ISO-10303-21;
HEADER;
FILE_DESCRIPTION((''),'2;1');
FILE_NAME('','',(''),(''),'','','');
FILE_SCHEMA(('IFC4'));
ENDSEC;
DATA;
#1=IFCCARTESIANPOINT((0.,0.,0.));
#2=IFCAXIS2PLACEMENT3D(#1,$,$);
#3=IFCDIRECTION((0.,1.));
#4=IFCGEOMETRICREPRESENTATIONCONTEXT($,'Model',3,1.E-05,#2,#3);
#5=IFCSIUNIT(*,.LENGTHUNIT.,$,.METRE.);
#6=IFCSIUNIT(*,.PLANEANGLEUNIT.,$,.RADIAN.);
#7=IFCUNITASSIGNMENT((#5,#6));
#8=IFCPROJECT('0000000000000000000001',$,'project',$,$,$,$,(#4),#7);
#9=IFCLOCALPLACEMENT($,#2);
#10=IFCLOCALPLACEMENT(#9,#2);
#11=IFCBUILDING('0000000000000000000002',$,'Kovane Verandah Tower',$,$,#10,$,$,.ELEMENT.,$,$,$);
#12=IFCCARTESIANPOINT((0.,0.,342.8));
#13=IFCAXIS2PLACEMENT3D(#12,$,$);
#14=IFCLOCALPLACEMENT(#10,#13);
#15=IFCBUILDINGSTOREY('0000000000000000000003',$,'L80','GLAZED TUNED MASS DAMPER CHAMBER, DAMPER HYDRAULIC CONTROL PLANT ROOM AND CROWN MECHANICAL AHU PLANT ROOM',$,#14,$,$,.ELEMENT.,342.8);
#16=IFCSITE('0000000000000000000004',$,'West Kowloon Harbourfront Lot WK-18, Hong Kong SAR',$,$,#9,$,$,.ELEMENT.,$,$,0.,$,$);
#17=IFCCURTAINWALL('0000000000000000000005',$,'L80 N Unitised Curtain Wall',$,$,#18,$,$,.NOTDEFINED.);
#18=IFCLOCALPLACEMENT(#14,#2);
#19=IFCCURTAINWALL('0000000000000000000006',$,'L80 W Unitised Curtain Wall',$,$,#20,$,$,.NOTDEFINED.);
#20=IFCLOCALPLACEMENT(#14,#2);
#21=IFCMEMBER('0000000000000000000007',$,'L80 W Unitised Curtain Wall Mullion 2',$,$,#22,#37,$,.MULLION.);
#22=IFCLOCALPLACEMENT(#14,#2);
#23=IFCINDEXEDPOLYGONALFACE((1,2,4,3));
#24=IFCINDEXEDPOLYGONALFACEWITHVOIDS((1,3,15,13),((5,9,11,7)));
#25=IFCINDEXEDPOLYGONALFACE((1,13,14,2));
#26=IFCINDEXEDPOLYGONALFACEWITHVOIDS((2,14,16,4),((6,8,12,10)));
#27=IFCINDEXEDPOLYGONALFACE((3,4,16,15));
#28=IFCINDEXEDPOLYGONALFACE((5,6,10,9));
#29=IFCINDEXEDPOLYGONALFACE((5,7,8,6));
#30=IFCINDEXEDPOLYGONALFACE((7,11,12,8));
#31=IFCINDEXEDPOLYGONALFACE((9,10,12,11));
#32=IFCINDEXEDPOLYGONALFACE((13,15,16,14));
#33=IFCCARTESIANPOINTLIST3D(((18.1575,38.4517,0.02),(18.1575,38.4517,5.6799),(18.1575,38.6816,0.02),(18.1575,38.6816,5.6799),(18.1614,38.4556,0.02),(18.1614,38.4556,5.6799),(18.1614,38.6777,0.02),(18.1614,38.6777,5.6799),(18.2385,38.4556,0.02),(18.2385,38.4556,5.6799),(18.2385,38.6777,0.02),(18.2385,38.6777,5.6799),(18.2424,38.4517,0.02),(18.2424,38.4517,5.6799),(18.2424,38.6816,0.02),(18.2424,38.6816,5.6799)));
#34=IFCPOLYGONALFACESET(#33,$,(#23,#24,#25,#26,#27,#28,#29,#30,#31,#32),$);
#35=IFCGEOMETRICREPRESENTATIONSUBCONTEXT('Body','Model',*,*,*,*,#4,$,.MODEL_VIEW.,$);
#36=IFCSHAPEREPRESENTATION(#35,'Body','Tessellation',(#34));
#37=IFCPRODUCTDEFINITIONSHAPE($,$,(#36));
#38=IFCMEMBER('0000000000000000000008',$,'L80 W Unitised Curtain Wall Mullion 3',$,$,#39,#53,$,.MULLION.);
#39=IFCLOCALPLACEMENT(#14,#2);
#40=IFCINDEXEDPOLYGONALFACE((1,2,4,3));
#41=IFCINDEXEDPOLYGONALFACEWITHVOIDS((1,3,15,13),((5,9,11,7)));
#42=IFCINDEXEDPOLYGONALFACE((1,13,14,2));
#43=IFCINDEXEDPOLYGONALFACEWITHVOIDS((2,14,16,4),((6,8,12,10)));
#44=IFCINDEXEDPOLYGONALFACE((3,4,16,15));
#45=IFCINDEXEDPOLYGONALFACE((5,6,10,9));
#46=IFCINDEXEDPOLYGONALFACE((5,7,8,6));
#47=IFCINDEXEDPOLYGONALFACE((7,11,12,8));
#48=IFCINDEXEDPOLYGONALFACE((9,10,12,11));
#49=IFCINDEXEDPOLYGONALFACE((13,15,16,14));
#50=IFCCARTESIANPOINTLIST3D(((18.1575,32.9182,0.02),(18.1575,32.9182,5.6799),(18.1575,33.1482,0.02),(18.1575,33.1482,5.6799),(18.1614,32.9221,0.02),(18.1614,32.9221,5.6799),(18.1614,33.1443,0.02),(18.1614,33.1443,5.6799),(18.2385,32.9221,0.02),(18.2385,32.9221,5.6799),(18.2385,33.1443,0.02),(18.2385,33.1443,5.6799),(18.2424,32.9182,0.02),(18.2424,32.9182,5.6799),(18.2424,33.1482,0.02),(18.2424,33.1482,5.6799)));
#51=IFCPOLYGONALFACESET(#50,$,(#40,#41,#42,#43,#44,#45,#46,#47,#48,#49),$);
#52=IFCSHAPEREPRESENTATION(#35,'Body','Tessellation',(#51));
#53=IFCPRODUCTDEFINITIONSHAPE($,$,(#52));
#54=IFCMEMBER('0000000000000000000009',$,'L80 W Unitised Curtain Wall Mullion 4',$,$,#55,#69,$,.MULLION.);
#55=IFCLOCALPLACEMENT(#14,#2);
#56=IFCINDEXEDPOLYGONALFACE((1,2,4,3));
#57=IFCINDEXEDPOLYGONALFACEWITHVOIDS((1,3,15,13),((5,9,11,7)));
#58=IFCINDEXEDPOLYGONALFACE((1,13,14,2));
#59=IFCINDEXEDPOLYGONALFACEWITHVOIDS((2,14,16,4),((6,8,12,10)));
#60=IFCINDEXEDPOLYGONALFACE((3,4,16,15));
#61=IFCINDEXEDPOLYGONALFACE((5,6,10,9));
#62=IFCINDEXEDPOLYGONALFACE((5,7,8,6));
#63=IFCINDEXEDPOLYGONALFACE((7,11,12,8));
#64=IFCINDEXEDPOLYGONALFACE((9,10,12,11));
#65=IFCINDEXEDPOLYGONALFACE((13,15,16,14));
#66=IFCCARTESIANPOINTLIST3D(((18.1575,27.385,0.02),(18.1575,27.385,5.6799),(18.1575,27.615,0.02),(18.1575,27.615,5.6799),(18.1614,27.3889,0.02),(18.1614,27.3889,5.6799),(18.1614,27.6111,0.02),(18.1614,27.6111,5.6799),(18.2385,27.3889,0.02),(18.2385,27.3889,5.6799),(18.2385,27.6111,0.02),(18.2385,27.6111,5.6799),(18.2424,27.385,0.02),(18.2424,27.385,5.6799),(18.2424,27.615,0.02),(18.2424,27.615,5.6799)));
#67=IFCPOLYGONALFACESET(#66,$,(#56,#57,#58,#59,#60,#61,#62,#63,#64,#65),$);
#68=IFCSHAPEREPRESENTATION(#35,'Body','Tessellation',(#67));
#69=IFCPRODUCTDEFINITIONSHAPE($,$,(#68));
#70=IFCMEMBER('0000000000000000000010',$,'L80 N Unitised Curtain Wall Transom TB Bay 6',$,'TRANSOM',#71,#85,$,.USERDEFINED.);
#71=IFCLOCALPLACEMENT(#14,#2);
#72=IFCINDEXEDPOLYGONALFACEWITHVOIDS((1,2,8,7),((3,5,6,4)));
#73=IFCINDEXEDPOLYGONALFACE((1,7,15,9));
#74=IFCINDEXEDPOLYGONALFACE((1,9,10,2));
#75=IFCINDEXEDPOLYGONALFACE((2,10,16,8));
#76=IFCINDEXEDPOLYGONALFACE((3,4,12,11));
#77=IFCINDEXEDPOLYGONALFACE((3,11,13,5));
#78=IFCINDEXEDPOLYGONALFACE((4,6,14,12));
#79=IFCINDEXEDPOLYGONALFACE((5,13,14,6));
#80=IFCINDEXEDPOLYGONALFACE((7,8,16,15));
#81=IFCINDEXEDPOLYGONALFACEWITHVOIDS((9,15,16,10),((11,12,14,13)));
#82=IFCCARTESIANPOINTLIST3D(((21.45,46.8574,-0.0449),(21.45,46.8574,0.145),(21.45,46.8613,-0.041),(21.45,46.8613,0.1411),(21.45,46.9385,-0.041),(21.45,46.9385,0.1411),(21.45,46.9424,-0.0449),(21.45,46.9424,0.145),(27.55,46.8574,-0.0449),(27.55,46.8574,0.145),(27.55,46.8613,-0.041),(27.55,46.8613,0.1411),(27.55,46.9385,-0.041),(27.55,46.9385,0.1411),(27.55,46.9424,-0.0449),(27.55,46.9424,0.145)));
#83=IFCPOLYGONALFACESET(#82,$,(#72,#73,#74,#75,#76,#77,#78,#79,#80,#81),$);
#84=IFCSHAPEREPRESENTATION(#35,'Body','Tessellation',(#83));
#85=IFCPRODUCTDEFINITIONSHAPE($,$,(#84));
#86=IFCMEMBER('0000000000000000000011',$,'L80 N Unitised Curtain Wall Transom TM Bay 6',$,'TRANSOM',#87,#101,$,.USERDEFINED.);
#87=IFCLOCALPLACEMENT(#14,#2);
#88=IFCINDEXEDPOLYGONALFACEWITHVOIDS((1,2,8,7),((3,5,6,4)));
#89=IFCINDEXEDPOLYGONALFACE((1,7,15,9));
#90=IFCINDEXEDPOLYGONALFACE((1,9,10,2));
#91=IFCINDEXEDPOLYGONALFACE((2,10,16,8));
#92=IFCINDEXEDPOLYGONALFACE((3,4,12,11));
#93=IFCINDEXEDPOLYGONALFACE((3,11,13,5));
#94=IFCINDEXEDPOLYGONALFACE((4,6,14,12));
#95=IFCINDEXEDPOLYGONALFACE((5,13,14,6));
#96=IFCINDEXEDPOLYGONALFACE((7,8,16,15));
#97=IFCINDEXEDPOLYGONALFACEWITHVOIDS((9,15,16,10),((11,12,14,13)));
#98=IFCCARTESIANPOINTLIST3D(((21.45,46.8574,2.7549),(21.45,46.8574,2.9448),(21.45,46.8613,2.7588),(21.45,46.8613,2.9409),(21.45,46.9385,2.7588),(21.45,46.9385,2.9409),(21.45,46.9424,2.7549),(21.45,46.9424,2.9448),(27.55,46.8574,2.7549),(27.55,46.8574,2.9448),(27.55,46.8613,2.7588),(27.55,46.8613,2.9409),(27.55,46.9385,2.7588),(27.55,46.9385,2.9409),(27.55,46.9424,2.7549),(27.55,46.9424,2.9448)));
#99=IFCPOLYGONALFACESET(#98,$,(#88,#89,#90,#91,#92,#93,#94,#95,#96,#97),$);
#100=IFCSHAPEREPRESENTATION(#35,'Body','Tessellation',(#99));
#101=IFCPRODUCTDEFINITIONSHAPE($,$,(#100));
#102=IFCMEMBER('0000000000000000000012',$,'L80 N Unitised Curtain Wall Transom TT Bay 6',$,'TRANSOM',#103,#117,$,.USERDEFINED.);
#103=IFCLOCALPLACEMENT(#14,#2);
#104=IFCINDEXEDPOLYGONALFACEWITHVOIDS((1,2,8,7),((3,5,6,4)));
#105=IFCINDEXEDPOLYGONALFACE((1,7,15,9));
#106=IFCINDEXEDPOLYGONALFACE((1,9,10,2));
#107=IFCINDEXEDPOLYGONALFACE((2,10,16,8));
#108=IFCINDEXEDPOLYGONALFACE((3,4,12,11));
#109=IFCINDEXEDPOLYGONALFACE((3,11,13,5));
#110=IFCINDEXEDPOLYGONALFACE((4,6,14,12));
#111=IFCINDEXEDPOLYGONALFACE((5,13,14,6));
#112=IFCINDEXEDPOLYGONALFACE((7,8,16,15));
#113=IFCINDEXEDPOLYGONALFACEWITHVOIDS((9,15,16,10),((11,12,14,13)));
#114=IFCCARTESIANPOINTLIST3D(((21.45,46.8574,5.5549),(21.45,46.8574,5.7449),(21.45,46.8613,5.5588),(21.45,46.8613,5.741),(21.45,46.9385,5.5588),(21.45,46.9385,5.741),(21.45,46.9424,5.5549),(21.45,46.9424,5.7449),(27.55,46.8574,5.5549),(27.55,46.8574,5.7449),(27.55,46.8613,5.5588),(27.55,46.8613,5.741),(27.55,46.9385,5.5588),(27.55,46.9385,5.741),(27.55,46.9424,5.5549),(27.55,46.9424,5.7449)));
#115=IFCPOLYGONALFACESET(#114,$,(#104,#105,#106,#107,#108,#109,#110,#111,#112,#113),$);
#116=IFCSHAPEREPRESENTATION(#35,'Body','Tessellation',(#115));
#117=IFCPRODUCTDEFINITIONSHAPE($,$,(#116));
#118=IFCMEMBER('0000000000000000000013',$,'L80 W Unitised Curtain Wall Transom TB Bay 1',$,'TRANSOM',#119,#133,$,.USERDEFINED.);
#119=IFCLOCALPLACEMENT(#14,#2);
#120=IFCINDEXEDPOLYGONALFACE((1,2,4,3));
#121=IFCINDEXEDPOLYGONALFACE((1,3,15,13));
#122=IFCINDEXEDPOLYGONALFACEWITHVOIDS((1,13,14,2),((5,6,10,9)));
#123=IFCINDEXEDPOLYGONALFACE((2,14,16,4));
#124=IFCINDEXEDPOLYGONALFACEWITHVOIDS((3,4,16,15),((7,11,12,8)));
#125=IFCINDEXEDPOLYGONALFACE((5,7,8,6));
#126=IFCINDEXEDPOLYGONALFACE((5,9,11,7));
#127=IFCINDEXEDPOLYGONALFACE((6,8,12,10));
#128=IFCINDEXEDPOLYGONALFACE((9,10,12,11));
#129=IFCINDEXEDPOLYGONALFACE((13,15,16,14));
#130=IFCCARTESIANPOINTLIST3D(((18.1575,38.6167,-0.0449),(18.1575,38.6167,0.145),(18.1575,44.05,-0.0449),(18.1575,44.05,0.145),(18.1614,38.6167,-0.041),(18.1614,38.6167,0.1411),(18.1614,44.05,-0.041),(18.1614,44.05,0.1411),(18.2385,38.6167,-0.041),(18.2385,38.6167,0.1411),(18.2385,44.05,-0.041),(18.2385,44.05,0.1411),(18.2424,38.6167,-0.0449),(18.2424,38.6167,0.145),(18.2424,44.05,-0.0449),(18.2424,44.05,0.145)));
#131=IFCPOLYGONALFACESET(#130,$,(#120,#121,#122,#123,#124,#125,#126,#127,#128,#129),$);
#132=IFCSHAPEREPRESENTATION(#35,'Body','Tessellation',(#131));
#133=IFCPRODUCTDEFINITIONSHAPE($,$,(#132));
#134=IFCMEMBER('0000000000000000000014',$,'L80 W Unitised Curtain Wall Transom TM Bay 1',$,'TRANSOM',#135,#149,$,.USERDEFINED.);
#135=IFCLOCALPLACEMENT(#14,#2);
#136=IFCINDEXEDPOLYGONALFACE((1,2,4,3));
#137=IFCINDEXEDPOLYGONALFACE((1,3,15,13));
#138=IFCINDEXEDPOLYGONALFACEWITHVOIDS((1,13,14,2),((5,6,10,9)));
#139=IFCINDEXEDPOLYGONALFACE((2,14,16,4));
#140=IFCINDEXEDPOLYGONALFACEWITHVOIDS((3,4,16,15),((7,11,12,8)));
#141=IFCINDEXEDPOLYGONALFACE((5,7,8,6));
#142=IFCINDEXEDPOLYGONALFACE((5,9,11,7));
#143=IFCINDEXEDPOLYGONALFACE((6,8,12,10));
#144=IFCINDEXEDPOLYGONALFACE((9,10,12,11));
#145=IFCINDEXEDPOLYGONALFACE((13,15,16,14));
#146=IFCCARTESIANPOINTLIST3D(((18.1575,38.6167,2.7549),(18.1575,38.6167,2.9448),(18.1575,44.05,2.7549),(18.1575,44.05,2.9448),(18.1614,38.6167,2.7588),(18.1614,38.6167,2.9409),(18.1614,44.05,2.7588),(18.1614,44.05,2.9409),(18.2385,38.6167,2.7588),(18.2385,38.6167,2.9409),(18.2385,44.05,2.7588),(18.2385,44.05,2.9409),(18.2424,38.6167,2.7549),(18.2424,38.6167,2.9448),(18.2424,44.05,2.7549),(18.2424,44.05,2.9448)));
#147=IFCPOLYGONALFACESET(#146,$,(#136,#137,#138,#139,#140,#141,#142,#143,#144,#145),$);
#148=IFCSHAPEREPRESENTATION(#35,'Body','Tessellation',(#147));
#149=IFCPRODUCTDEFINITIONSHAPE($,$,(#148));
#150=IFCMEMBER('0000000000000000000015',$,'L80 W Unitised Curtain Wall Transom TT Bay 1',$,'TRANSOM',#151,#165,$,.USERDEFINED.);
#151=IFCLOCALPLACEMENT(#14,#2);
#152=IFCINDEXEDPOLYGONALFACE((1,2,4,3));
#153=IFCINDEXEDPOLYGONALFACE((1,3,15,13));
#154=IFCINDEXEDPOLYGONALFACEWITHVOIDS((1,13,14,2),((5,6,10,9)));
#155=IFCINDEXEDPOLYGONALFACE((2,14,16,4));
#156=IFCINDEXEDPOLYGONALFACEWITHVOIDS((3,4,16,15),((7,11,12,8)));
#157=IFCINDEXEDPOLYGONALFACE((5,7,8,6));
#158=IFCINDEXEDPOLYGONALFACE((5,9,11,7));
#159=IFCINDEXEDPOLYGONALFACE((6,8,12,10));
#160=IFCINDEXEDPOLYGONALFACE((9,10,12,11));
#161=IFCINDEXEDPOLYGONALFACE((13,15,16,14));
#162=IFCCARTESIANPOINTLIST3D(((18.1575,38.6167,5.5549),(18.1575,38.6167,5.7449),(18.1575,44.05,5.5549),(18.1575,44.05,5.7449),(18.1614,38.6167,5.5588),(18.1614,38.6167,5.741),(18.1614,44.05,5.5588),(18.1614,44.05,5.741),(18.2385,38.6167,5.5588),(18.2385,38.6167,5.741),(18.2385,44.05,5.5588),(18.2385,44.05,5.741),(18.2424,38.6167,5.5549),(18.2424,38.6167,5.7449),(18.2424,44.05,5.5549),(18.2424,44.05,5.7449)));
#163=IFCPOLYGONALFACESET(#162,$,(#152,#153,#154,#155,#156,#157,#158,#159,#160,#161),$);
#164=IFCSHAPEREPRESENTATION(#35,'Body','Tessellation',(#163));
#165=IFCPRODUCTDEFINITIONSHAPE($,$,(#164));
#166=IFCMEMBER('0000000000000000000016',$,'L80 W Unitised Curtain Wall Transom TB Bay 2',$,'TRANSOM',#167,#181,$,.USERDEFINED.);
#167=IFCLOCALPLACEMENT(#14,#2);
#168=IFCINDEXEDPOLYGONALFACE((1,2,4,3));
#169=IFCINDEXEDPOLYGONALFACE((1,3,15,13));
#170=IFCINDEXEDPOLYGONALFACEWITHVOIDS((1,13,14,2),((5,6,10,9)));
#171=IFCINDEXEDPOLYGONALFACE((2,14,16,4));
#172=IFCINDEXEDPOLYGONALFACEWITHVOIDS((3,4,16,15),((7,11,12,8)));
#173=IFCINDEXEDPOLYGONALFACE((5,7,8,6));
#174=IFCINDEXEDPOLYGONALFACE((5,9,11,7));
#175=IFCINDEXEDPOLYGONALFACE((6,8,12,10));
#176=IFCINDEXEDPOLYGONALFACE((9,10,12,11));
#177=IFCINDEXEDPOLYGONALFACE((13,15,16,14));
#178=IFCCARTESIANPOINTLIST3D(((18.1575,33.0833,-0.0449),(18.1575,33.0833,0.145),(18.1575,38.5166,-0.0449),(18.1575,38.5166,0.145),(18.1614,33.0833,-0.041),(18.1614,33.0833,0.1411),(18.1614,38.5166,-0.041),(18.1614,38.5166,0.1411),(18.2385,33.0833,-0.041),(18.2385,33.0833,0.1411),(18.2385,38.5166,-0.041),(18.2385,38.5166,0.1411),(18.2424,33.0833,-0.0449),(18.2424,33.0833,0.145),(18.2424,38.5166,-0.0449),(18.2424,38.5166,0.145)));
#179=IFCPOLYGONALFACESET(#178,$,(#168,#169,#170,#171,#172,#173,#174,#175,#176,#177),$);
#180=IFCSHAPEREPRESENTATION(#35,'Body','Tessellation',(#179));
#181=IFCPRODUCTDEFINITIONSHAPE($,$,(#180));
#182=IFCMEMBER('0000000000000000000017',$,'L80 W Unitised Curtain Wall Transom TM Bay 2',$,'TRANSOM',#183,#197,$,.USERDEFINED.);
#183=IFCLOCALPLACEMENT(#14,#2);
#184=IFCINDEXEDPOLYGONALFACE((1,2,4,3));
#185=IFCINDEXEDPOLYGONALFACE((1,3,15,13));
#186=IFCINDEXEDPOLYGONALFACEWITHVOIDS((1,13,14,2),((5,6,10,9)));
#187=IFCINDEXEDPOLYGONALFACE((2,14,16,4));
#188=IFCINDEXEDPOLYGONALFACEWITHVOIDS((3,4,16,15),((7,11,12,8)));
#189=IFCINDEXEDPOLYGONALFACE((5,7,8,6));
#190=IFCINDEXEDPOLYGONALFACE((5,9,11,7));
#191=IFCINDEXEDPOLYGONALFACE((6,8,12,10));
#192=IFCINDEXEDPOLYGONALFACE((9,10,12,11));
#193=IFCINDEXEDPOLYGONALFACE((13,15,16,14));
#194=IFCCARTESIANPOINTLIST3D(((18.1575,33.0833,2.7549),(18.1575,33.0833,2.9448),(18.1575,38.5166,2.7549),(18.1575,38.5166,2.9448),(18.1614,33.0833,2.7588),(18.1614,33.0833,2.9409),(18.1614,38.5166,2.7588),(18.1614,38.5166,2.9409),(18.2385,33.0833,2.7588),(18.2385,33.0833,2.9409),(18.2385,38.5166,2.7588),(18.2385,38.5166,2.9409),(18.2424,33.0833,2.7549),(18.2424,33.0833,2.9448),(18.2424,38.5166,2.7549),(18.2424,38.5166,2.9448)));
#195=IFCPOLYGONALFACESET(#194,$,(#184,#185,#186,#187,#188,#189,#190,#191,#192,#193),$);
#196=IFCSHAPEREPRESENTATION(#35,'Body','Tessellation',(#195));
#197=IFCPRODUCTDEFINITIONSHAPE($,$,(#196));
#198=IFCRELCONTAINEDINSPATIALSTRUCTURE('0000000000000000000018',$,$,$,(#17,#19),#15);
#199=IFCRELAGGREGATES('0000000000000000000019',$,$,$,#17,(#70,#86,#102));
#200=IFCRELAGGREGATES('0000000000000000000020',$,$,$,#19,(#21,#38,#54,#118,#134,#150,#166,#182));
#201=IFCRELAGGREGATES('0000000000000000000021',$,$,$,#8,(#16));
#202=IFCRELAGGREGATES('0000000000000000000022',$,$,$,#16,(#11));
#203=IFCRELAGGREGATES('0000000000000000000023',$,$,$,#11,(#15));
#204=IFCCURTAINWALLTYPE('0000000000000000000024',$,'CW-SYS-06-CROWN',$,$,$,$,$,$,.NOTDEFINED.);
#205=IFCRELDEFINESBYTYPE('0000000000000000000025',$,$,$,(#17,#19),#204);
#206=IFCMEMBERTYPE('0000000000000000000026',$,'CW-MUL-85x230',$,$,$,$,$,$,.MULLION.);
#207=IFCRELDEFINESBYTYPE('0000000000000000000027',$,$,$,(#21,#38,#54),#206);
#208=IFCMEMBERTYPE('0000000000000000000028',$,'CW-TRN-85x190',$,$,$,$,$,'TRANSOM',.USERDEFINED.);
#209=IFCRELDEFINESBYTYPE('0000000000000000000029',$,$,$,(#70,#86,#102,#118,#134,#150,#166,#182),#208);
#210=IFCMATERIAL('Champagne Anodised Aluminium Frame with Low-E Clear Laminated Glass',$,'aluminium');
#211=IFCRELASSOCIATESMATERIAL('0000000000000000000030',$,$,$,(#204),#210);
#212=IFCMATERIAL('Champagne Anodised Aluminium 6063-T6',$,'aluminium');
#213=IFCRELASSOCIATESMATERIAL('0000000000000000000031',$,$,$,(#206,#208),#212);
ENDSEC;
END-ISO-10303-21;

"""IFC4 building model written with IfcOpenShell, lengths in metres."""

from ifc_helpers import new_model, si_unit, direction, frame, origin, origin_2d, place, context, subcontext, project, spatial, hollow_rectangle, extrude, material, material_profile, profile_set, type_object, element, aggregate, save


model = new_model("IFC4")

# Units and contexts
model_context = context("Model", 3, precision=1e-05, world=origin(), true_north=direction((0.0, 1.0)))
body_context = subcontext(model_context, "Body", "Model", "MODEL_VIEW")
ifc_project = project(units=[si_unit("LENGTHUNIT", "METRE"), si_unit("PLANEANGLEUNIT", "RADIAN")], contexts=[model_context])

# Site, building, storey
site_placement = place(None, origin())
site = spatial("IfcSite", under=ifc_project, at=site_placement, Name="West Kowloon Harbourfront Lot WK-18, Hong Kong SAR", CompositionType="ELEMENT", RefElevation=0.0)
building_placement = place(site_placement, origin())
building = spatial("IfcBuilding", under=site, at=building_placement, Name="Kovane Verandah Tower", CompositionType="ELEMENT")
storey_placement = place(building_placement, frame((0.0, 0.0, 342.8)))
storey = spatial("IfcBuildingStorey", under=building, at=storey_placement, Name="L80", Description="GLAZED TUNED MASS DAMPER CHAMBER, DAMPER HYDRAULIC CONTROL PLANT ROOM AND CROWN MECHANICAL AHU PLANT ROOM", CompositionType="ELEMENT", Elevation=342.8)

# Curtain walls, members
ifc_material_1 = material(Name="Champagne Anodised Aluminium Frame with Low-E Clear Laminated Glass", Category="aluminium")
curtain_wall_type = type_object("IfcCurtainWallType", Name="CW-SYS-06-CROWN", PredefinedType="NOTDEFINED", material=ifc_material_1)
curtain_wall_1_placement = place(storey_placement, origin())
curtain_wall_1 = element("IfcCurtainWall", 1, at=curtain_wall_1_placement, inside=storey, type_object=curtain_wall_type, Name="L80 N Unitised Curtain Wall", PredefinedType="NOTDEFINED")
ifc_material_2 = material(Name="Champagne Anodised Aluminium 6063-T6", Category="aluminium")
ifc_material_profile_1 = material_profile(ifc_material_2, hollow_rectangle(XDim=0.085, YDim=0.23, WallThickness=0.0039, at=origin_2d()), Name="AL85x230x4")
ifc_profile_set_1 = profile_set([ifc_material_profile_1], Name="Champagne Anodised Aluminium 6063-T6")
member_type_1 = type_object("IfcMemberType", Name="CW-MUL-85x230", PredefinedType="MULLION", material=ifc_profile_set_1)
curtain_wall_2_placement = place(storey_placement, origin())
curtain_wall_2 = element("IfcCurtainWall", 2, at=curtain_wall_2_placement, inside=storey, type_object=curtain_wall_type, Name="L80 W Unitised Curtain Wall", PredefinedType="NOTDEFINED")
member_1_placement = place(storey_placement, frame((18.2, 38.5667, 0.02), z_axis=(0.0, 0.0, 1.0), x_axis=(-1.0, 0.0, 0.0)))
member_1 = element("IfcMember", 3, at=member_1_placement, type_object=member_type_1, Name="L80 W Unitised Curtain Wall Mullion 2", PredefinedType="MULLION", context=body_context, shape_type="SweptSolid", body=[
    extrude(hollow_rectangle(XDim=0.085, YDim=0.23, WallThickness=0.0039, at=origin_2d()), origin(), (0.0, 0.0, 1.0), 5.6599),
])
member_2_placement = place(storey_placement, frame((18.2, 33.0332, 0.02), z_axis=(0.0, 0.0, 1.0), x_axis=(-1.0, 0.0, 0.0)))
member_2 = element("IfcMember", 4, at=member_2_placement, type_object=member_type_1, Name="L80 W Unitised Curtain Wall Mullion 3", PredefinedType="MULLION", context=body_context, shape_type="SweptSolid", body=[
    extrude(hollow_rectangle(XDim=0.085, YDim=0.23, WallThickness=0.0039, at=origin_2d()), origin(), (0.0, 0.0, 1.0), 5.6599),
])
member_3_placement = place(storey_placement, frame((18.2, 27.5, 0.02), z_axis=(0.0, 0.0, 1.0), x_axis=(-1.0, 0.0, 0.0)))
member_3 = element("IfcMember", 5, at=member_3_placement, type_object=member_type_1, Name="L80 W Unitised Curtain Wall Mullion 4", PredefinedType="MULLION", context=body_context, shape_type="SweptSolid", body=[
    extrude(hollow_rectangle(XDim=0.085, YDim=0.23, WallThickness=0.0039, at=origin_2d()), origin(), (0.0, 0.0, 1.0), 5.6599),
])

# Members
ifc_material_profile_2 = material_profile(ifc_material_2, hollow_rectangle(XDim=0.085, YDim=0.1899, WallThickness=0.0039, at=origin_2d()), Name="AL85x190x4")
ifc_profile_set_2 = profile_set([ifc_material_profile_2], Name="Champagne Anodised Aluminium 6063-T6")
member_type_2 = type_object("IfcMemberType", Name="CW-TRN-85x190", ElementType="TRANSOM", PredefinedType="USERDEFINED", material=ifc_profile_set_2)
member_4_placement = place(storey_placement, frame((27.55, 46.8999, 0.05), z_axis=(-1.0, 0.0, 0.0), x_axis=(0.0, -1.0, 0.0)))
member_4 = element("IfcMember", 6, at=member_4_placement, type_object=member_type_2, Name="L80 N Unitised Curtain Wall Transom TB Bay 6", ObjectType="TRANSOM", PredefinedType="USERDEFINED", context=body_context, shape_type="SweptSolid", body=[
    extrude(hollow_rectangle(XDim=0.085, YDim=0.1899, WallThickness=0.0039, at=origin_2d()), origin(), (0.0, 0.0, 1.0), 6.1001),
])
member_5_placement = place(storey_placement, frame((27.55, 46.8999, 2.8499), z_axis=(-1.0, 0.0, 0.0), x_axis=(0.0, -1.0, 0.0)))
member_5 = element("IfcMember", 7, at=member_5_placement, type_object=member_type_2, Name="L80 N Unitised Curtain Wall Transom TM Bay 6", ObjectType="TRANSOM", PredefinedType="USERDEFINED", context=body_context, shape_type="SweptSolid", body=[
    extrude(hollow_rectangle(XDim=0.085, YDim=0.1899, WallThickness=0.0039, at=origin_2d()), origin(), (0.0, 0.0, 1.0), 6.1001),
])
member_6_placement = place(storey_placement, frame((27.55, 46.8999, 5.6499), z_axis=(-1.0, 0.0, 0.0), x_axis=(0.0, -1.0, 0.0)))
member_6 = element("IfcMember", 8, at=member_6_placement, type_object=member_type_2, Name="L80 N Unitised Curtain Wall Transom TT Bay 6", ObjectType="TRANSOM", PredefinedType="USERDEFINED", context=body_context, shape_type="SweptSolid", body=[
    extrude(hollow_rectangle(XDim=0.085, YDim=0.1899, WallThickness=0.0039, at=origin_2d()), origin(), (0.0, 0.0, 1.0), 6.1001),
])
member_7_placement = place(storey_placement, frame((18.2, 44.05, 0.05), z_axis=(0.0, -1.0, 0.0), x_axis=(1.0, 0.0, 0.0)))
member_7 = element("IfcMember", 9, at=member_7_placement, type_object=member_type_2, Name="L80 W Unitised Curtain Wall Transom TB Bay 1", ObjectType="TRANSOM", PredefinedType="USERDEFINED", context=body_context, shape_type="SweptSolid", body=[
    extrude(hollow_rectangle(XDim=0.085, YDim=0.1899, WallThickness=0.0039, at=origin_2d()), origin(), (0.0, 0.0, 1.0), 5.4333),
])
member_8_placement = place(storey_placement, frame((18.2, 44.05, 2.8499), z_axis=(0.0, -1.0, 0.0), x_axis=(1.0, 0.0, 0.0)))
member_8 = element("IfcMember", 10, at=member_8_placement, type_object=member_type_2, Name="L80 W Unitised Curtain Wall Transom TM Bay 1", ObjectType="TRANSOM", PredefinedType="USERDEFINED", context=body_context, shape_type="SweptSolid", body=[
    extrude(hollow_rectangle(XDim=0.085, YDim=0.1899, WallThickness=0.0039, at=origin_2d()), origin(), (0.0, 0.0, 1.0), 5.4333),
])
member_9_placement = place(storey_placement, frame((18.2, 44.05, 5.6499), z_axis=(0.0, -1.0, 0.0), x_axis=(1.0, 0.0, 0.0)))
member_9 = element("IfcMember", 11, at=member_9_placement, type_object=member_type_2, Name="L80 W Unitised Curtain Wall Transom TT Bay 1", ObjectType="TRANSOM", PredefinedType="USERDEFINED", context=body_context, shape_type="SweptSolid", body=[
    extrude(hollow_rectangle(XDim=0.085, YDim=0.1899, WallThickness=0.0039, at=origin_2d()), origin(), (0.0, 0.0, 1.0), 5.4333),
])
member_10_placement = place(storey_placement, frame((18.2, 38.5166, 0.05), z_axis=(0.0, -1.0, 0.0), x_axis=(1.0, 0.0, 0.0)))
member_10 = element("IfcMember", 12, at=member_10_placement, type_object=member_type_2, Name="L80 W Unitised Curtain Wall Transom TB Bay 2", ObjectType="TRANSOM", PredefinedType="USERDEFINED", context=body_context, shape_type="SweptSolid", body=[
    extrude(hollow_rectangle(XDim=0.085, YDim=0.1899, WallThickness=0.0039, at=origin_2d()), origin(), (0.0, 0.0, 1.0), 5.4333),
])
member_11_placement = place(storey_placement, frame((18.2, 38.5166, 2.8499), z_axis=(0.0, -1.0, 0.0), x_axis=(1.0, 0.0, 0.0)))
member_11 = element("IfcMember", 13, at=member_11_placement, type_object=member_type_2, Name="L80 W Unitised Curtain Wall Transom TM Bay 2", ObjectType="TRANSOM", PredefinedType="USERDEFINED", context=body_context, shape_type="SweptSolid", body=[
    extrude(hollow_rectangle(XDim=0.085, YDim=0.1899, WallThickness=0.0039, at=origin_2d()), origin(), (0.0, 0.0, 1.0), 5.4333),
])

aggregate(curtain_wall_1, [member_4, member_5, member_6])
aggregate(curtain_wall_2, [member_1, member_2, member_3, member_7, member_8, member_9, member_10, member_11])

save(model, "model.ifc")
